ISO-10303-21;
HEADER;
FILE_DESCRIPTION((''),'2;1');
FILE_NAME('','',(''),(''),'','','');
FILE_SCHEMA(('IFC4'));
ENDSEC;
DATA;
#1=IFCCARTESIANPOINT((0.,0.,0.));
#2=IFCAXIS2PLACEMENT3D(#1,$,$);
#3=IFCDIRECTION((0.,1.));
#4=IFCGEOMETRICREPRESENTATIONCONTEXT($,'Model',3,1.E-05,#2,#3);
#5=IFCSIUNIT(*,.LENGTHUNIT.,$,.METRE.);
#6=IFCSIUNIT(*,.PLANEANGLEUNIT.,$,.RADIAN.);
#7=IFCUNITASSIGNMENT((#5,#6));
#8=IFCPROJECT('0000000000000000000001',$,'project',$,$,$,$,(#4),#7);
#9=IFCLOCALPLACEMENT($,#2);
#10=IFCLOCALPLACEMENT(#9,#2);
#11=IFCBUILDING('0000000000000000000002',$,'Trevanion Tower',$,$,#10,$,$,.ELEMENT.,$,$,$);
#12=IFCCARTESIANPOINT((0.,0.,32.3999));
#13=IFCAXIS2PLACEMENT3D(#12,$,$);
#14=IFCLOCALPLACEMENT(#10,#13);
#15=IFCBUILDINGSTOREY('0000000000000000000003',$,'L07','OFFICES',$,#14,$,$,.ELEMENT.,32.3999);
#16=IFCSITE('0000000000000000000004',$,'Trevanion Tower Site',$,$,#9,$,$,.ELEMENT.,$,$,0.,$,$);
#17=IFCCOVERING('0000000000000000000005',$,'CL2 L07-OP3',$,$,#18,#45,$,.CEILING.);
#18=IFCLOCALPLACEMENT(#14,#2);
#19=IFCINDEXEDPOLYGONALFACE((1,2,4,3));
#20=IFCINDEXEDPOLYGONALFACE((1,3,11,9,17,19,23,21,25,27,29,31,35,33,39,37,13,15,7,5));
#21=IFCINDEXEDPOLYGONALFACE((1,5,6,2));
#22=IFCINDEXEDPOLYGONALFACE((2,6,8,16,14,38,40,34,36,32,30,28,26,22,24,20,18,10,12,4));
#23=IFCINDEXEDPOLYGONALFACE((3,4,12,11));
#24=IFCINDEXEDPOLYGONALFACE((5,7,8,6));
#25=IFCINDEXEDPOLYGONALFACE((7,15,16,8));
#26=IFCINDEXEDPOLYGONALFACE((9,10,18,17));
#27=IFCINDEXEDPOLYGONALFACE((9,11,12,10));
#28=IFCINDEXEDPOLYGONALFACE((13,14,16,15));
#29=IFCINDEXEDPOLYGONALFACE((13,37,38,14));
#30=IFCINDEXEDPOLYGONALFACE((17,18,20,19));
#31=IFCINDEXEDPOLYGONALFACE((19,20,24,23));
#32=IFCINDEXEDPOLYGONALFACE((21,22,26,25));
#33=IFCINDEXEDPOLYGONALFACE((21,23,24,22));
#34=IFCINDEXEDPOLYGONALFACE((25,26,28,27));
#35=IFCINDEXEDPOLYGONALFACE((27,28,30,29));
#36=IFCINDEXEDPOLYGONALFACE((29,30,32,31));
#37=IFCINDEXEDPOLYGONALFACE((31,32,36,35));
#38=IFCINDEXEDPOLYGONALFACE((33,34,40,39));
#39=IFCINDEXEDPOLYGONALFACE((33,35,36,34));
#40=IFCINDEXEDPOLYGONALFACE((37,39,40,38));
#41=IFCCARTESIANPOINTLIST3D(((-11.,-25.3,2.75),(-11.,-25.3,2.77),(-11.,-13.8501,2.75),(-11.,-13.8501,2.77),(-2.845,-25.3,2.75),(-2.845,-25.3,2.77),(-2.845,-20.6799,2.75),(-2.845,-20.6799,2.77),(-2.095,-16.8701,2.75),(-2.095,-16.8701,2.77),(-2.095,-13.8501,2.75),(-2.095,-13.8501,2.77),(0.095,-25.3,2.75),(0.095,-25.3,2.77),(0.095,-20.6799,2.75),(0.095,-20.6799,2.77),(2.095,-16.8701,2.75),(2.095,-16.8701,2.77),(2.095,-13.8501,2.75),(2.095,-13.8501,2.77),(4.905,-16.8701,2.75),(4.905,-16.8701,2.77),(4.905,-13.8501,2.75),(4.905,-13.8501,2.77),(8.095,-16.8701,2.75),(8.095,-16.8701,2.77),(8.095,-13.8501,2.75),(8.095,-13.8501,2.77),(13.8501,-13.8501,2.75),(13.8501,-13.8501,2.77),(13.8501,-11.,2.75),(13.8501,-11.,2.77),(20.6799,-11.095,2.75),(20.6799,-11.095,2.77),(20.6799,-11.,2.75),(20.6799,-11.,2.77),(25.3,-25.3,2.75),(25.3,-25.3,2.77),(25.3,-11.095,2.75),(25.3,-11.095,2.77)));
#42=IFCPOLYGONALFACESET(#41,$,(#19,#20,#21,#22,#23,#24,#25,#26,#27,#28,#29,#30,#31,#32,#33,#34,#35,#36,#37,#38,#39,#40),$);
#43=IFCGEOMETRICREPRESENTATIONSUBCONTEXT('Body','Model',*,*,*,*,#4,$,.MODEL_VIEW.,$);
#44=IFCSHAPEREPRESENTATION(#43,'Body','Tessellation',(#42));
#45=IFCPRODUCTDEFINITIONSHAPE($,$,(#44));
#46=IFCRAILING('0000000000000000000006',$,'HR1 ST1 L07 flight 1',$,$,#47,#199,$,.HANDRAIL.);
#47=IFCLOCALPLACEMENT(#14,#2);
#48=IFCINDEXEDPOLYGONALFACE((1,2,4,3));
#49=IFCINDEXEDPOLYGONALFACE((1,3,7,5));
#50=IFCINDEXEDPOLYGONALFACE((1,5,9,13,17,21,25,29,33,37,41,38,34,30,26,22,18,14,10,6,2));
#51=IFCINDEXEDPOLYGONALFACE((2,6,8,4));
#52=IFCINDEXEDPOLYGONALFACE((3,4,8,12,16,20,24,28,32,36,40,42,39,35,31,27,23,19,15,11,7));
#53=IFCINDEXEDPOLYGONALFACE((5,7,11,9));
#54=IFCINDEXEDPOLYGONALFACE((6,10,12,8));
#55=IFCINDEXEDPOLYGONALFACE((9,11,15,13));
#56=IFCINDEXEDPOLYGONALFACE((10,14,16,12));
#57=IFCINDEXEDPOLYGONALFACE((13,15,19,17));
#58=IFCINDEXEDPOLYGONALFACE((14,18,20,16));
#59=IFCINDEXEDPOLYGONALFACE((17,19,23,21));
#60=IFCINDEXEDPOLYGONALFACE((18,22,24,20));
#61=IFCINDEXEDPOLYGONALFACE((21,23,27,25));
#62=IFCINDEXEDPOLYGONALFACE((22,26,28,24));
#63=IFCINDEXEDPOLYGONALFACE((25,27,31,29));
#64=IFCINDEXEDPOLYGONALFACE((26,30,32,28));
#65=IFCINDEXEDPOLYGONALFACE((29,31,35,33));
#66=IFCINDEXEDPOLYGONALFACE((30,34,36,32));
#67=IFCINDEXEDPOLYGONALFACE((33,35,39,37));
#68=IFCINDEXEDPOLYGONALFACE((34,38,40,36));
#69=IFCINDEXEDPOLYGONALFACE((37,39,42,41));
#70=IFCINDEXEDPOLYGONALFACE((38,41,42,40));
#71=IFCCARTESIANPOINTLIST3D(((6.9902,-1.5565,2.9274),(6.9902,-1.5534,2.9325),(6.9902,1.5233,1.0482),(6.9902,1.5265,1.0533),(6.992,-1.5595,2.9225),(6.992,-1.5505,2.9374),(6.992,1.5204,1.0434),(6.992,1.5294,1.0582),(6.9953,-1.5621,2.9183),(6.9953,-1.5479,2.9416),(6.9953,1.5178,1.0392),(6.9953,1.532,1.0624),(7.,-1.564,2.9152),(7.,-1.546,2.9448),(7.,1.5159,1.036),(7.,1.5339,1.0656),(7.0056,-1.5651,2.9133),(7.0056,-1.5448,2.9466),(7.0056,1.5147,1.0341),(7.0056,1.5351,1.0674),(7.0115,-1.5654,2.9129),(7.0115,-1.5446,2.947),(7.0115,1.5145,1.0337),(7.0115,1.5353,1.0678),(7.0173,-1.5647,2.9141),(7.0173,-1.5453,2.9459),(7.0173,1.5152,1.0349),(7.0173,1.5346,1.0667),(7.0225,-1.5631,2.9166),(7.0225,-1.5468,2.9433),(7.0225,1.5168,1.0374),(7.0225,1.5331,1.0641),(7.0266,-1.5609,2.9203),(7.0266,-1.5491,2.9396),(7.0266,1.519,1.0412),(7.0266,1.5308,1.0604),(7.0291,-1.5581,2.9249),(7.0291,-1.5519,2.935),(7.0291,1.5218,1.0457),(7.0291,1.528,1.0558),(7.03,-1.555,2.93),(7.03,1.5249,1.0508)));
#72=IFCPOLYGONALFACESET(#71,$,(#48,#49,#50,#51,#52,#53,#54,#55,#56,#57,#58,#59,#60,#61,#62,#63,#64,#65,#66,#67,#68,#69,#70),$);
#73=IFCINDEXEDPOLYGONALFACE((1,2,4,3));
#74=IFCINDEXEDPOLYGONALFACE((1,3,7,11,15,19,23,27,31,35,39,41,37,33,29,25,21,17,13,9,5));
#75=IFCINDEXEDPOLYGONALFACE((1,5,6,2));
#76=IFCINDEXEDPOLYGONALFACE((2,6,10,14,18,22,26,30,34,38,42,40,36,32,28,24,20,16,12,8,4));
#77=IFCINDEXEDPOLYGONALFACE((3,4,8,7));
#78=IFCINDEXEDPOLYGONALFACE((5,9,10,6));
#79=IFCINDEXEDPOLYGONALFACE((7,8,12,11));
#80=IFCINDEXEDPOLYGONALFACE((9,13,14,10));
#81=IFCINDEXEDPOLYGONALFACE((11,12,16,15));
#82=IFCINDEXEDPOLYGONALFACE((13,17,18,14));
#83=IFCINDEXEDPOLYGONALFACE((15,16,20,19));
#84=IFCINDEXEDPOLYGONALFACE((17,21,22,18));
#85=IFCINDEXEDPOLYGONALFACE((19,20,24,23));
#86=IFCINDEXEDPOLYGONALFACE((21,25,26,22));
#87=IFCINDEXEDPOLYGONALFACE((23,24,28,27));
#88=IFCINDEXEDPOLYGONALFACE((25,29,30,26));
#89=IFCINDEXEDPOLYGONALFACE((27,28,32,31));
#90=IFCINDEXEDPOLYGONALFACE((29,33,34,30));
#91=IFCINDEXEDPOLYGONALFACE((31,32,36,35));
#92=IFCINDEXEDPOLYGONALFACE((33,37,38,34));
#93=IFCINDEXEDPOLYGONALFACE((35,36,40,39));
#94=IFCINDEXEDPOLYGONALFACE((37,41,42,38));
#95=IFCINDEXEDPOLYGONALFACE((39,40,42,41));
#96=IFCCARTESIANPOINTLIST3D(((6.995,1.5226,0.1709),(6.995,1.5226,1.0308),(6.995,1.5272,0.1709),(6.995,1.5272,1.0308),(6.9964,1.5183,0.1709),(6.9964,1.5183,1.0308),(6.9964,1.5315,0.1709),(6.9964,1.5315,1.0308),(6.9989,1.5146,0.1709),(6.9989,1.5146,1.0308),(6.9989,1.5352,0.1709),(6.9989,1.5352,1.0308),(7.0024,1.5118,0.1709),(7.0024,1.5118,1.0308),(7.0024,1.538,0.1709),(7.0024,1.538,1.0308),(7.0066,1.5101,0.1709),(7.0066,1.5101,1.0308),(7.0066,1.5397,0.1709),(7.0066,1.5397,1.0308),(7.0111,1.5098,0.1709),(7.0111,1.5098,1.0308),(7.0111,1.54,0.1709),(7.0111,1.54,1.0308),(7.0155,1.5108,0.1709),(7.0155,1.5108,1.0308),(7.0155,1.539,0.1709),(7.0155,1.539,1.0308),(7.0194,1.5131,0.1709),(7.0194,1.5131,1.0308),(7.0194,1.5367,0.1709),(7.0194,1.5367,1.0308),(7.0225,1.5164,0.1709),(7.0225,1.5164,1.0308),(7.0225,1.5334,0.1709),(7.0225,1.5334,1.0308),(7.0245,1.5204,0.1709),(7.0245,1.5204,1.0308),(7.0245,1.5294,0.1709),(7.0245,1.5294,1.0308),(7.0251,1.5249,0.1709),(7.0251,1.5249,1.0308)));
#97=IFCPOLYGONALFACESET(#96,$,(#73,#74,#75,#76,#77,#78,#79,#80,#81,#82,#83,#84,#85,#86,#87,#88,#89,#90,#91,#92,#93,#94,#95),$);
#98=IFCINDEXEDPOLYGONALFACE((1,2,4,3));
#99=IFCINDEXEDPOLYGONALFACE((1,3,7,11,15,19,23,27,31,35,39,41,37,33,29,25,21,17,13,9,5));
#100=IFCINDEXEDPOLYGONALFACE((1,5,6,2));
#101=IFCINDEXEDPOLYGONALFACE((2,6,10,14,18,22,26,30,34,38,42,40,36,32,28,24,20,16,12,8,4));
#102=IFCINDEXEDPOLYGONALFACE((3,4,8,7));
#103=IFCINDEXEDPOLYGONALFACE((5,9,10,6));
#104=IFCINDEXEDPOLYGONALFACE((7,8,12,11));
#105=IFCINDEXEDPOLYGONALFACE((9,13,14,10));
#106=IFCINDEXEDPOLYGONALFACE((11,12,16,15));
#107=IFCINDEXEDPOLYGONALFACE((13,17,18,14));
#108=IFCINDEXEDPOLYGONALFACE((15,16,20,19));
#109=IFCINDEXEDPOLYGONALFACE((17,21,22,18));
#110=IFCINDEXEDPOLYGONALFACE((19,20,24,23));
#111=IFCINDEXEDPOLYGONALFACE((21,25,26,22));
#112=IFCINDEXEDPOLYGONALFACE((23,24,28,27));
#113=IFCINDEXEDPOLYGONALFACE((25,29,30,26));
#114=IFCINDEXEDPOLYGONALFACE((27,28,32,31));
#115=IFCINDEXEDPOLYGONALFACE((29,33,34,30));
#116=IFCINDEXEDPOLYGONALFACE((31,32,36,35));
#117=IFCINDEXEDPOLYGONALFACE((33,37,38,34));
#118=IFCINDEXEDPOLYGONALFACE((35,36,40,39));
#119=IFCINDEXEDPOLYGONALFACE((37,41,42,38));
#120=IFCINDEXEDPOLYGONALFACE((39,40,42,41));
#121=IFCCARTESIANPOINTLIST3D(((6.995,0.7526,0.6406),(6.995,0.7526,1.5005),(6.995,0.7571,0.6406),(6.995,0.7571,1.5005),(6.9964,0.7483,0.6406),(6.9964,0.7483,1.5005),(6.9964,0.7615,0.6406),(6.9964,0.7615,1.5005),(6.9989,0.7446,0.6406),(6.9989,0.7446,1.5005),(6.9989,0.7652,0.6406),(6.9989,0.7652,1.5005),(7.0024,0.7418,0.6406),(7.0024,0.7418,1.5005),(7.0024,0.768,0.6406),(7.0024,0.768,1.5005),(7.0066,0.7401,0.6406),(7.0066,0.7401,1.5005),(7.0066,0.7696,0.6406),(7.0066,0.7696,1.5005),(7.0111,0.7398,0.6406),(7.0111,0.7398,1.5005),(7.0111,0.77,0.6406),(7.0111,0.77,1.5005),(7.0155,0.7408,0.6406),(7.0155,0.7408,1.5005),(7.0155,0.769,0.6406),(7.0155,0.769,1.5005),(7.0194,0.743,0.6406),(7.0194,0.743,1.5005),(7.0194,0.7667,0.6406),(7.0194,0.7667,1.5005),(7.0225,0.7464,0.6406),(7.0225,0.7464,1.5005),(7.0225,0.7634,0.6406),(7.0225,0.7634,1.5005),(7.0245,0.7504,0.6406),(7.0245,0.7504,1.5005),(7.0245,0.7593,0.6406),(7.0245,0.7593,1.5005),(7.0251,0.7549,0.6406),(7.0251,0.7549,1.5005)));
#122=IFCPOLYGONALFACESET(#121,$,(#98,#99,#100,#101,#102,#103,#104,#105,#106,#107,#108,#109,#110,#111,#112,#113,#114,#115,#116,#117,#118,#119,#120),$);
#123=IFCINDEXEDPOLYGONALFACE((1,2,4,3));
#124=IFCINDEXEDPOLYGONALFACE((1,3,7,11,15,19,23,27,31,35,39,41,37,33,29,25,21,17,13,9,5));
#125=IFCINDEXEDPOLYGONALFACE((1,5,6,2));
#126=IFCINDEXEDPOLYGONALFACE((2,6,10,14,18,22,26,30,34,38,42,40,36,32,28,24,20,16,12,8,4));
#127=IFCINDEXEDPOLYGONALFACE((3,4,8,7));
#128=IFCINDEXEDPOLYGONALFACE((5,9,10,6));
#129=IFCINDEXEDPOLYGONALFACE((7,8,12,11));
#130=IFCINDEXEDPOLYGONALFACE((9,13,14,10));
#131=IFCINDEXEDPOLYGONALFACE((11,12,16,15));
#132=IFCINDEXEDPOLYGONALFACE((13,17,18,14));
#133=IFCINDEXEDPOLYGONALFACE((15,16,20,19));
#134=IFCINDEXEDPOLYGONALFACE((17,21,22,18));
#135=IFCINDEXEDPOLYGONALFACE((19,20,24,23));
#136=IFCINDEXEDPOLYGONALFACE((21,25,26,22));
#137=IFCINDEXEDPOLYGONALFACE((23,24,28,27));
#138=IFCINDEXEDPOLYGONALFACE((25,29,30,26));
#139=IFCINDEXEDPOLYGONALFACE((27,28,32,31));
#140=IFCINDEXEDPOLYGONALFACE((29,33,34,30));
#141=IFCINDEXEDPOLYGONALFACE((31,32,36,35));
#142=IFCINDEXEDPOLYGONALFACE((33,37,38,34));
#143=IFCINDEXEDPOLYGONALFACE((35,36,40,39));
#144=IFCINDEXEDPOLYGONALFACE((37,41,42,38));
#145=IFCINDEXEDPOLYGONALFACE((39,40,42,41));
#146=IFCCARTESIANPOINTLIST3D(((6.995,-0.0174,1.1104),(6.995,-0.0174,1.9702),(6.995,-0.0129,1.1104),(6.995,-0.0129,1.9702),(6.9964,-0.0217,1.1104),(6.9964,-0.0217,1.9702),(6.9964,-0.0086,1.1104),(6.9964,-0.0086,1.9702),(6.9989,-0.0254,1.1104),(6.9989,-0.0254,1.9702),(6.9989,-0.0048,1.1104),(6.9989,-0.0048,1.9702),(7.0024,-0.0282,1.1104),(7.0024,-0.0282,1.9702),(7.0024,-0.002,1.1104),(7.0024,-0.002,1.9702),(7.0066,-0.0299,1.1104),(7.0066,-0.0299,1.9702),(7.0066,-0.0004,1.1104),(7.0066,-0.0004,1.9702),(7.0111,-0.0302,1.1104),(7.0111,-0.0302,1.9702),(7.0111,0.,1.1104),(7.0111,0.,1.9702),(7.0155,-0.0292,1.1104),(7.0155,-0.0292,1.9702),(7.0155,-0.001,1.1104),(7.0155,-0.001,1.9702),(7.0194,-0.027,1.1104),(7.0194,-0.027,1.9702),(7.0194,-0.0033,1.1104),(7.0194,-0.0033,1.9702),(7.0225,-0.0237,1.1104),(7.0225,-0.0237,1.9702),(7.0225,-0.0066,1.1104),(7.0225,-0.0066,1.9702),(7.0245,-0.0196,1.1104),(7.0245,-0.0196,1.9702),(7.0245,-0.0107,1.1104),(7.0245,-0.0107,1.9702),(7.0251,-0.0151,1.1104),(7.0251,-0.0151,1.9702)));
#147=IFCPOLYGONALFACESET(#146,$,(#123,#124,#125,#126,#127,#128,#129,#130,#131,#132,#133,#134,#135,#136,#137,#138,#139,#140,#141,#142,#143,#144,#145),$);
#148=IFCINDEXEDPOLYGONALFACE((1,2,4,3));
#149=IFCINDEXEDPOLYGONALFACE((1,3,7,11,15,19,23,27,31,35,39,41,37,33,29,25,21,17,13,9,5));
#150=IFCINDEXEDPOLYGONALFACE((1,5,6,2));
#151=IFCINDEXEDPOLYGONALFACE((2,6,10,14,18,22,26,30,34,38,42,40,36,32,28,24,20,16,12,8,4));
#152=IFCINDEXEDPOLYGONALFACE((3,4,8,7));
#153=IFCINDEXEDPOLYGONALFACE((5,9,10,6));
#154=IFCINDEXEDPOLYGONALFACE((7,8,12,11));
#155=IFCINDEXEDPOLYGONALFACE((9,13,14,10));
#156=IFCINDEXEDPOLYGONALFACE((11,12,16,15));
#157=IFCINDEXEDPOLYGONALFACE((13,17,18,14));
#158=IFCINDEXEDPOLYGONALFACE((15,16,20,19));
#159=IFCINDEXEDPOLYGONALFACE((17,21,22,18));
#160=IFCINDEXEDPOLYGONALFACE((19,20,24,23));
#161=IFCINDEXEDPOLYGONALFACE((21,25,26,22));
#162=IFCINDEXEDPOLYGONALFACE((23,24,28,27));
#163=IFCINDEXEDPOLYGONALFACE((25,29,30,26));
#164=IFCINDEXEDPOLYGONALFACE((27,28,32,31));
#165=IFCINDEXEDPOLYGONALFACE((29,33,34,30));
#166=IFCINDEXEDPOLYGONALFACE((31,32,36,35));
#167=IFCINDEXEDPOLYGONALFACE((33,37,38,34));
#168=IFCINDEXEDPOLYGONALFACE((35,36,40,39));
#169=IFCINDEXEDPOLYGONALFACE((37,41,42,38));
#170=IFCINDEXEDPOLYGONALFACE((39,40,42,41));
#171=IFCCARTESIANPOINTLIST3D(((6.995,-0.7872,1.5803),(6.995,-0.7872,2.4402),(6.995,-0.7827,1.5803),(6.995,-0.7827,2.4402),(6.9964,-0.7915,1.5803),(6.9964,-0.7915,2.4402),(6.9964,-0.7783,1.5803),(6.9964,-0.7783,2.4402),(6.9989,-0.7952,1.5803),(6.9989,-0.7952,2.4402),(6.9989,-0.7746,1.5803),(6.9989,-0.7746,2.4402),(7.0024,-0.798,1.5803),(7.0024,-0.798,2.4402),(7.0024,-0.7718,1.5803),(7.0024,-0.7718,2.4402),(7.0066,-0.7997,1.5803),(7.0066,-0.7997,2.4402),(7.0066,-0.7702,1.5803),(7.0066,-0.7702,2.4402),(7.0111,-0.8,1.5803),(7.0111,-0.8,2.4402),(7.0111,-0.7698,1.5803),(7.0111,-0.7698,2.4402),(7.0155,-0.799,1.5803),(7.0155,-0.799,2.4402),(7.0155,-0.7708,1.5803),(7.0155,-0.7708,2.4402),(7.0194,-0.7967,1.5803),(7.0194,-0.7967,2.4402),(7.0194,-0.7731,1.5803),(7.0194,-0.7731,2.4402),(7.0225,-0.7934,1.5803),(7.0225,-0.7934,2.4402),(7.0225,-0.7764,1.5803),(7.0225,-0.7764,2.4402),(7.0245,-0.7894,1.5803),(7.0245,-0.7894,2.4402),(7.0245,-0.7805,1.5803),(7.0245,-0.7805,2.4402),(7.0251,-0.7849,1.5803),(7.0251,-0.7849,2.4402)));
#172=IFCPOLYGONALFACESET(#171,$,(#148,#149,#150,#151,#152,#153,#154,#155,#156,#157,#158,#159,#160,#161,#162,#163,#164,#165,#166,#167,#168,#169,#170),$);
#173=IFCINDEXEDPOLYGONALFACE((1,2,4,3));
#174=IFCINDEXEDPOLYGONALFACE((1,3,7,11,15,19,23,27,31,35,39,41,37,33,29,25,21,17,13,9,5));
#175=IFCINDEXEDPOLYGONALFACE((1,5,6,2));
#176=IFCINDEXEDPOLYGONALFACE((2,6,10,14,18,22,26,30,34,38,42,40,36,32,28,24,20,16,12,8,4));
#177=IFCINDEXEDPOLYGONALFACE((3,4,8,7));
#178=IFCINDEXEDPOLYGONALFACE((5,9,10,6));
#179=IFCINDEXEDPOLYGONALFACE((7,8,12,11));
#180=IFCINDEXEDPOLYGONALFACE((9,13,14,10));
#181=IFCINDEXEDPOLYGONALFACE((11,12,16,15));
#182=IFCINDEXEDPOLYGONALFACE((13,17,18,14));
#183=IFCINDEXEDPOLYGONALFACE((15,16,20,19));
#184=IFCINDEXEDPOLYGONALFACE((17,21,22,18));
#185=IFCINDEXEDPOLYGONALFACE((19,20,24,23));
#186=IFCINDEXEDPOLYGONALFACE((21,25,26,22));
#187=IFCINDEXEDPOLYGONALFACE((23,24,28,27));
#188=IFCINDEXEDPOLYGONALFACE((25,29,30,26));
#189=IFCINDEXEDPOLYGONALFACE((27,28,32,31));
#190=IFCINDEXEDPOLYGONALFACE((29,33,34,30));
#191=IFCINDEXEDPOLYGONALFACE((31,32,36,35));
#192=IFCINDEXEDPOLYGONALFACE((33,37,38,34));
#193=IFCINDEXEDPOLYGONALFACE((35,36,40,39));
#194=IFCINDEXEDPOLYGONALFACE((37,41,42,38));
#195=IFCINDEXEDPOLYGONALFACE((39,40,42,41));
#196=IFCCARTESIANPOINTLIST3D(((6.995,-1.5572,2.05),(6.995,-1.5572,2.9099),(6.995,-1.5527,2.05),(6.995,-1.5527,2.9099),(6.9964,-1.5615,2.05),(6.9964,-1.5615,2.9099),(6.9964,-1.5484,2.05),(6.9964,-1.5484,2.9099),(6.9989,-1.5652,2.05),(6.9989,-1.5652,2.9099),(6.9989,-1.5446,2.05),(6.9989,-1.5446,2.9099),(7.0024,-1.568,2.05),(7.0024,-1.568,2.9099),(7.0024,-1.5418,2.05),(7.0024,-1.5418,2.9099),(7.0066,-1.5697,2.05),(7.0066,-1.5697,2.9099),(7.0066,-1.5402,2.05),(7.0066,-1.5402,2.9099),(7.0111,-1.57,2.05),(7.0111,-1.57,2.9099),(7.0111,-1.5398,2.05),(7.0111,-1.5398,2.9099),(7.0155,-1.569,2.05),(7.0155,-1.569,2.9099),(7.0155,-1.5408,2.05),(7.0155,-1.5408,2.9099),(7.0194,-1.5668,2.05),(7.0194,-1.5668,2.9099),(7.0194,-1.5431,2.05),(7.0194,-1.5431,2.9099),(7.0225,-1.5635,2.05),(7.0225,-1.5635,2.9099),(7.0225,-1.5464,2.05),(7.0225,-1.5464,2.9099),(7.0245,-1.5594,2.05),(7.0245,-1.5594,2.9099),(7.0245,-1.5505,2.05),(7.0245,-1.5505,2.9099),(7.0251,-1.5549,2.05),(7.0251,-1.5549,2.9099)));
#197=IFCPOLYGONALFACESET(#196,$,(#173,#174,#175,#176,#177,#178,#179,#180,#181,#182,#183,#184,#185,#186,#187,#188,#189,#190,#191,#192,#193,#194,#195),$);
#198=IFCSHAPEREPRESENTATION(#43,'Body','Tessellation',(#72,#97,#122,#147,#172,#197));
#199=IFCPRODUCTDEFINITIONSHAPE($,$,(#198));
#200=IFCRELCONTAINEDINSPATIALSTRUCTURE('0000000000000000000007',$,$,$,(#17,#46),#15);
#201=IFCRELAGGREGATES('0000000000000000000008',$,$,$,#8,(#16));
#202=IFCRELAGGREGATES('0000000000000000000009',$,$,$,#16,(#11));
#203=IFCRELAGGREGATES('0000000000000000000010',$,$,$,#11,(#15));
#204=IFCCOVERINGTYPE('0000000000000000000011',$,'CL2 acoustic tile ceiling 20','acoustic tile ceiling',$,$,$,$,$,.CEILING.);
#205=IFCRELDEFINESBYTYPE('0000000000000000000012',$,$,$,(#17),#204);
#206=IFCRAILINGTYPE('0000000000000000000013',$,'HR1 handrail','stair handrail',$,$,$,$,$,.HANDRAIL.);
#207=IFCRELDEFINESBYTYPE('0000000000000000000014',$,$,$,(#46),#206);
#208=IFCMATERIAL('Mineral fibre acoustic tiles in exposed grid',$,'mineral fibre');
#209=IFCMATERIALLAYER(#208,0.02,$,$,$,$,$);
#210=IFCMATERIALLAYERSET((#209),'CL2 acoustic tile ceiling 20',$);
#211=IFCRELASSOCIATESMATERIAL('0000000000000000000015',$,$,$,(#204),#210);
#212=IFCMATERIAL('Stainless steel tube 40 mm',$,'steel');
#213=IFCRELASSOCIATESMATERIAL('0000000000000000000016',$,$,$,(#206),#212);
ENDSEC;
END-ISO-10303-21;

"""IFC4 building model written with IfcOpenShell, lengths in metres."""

from ifc_helpers import new_model, si_unit, direction, frame, origin, origin_2d, place, context, subcontext, project, spatial, polyline, circle, outline, extrude, material, layer, layer_set, type_object, element, save


model = new_model("IFC4")

# Units and contexts
model_context = context("Model", 3, precision=1e-05, world=origin(), true_north=direction((0.0, 1.0)))
body_context = subcontext(model_context, "Body", "Model", "MODEL_VIEW")
ifc_project = project(units=[si_unit("LENGTHUNIT", "METRE"), si_unit("PLANEANGLEUNIT", "RADIAN")], contexts=[model_context])

# Site, building, storey
site_placement = place(None, origin())
site = spatial("IfcSite", under=ifc_project, at=site_placement, Name="Trevanion Tower Site", CompositionType="ELEMENT", RefElevation=0.0)
building_placement = place(site_placement, origin())
building = spatial("IfcBuilding", under=site, at=building_placement, Name="Trevanion Tower", CompositionType="ELEMENT")
storey_placement = place(building_placement, frame((0.0, 0.0, 32.3999)))
storey = spatial("IfcBuildingStorey", under=building, at=storey_placement, Name="L07", Description="OFFICES", CompositionType="ELEMENT", Elevation=32.3999)

# Covering
ifc_material_1 = material(Name="Mineral fibre acoustic tiles in exposed grid", Category="mineral fibre")
ifc_layer_1 = layer(ifc_material_1, 0.02)
ifc_layer_set_1 = layer_set([ifc_layer_1], Name="CL2 acoustic tile ceiling 20")
covering_type = type_object("IfcCoveringType", Name="CL2 acoustic tile ceiling 20", Description="acoustic tile ceiling", PredefinedType="CEILING", material=ifc_layer_set_1)
covering_placement = place(storey_placement, frame((0.0, 0.0, 2.75)))
element("IfcCovering", 1, at=covering_placement, inside=storey, type_object=covering_type, Name="CL2 L07-OP3", PredefinedType="CEILING", context=body_context, shape_type="SweptSolid", body=[
    extrude(outline(polyline([(-2.095, -13.8501), (-2.095, -16.8701), (2.095, -16.8701), (2.095, -13.8501), (4.905, -13.8501), (4.905, -16.8701), (8.095, -16.8701), (8.095, -13.8501), (13.8501, -13.8501), (13.8501, -11.0), (20.6799, -11.0), (20.6799, -11.095), (25.3, -11.095), (25.3, -25.3), (0.095, -25.3), (0.095, -20.6799), (-2.845, -20.6799), (-2.845, -25.3), (-11.0, -25.3), (-11.0, -13.8501), (-2.095, -13.8501)])), origin(), (0.0, 0.0, 1.0), 0.02),
])

# Railing
ifc_material_2 = material(Name="Stainless steel tube 40 mm", Category="steel")
railing_type = type_object("IfcRailingType", Name="HR1 handrail", Description="stair handrail", PredefinedType="HANDRAIL", material=ifc_material_2)
for number, where, name in (
    (2, (7.01, 1.5249, 0.1709), "HR1 ST1 L07 flight 1"),
):
    element("IfcRailing", number, at=place(storey_placement, frame(where)), inside=storey, type_object=railing_type, Name=name, PredefinedType="HANDRAIL", context=body_context, shape_type="SweptSolid", body=[
        extrude(circle(Radius=0.02, at=origin_2d()), frame((0.0, 0.0, 0.8799), z_axis=(0.0, -0.853648, 0.52085), x_axis=(1.0, 0.0, 0.0)), (0.0, 0.0, 1.0), 3.6079),
        extrude(circle(Radius=0.0151, at=origin_2d()), origin(), (0.0, 0.0, 1.0), 0.8599),
        extrude(circle(Radius=0.0151, at=origin_2d()), frame((0.0, -0.77, 0.4697)), (0.0, 0.0, 1.0), 0.8599),
        extrude(circle(Radius=0.0151, at=origin_2d()), frame((0.0, -1.54, 0.9395)), (0.0, 0.0, 1.0), 0.8599),
        extrude(circle(Radius=0.0151, at=origin_2d()), frame((0.0, -2.3098, 1.4094)), (0.0, 0.0, 1.0), 0.8599),
        extrude(circle(Radius=0.0151, at=origin_2d()), frame((0.0, -3.0798, 1.8792)), (0.0, 0.0, 1.0), 0.8599),
    ])

save(model, "model.ifc")
